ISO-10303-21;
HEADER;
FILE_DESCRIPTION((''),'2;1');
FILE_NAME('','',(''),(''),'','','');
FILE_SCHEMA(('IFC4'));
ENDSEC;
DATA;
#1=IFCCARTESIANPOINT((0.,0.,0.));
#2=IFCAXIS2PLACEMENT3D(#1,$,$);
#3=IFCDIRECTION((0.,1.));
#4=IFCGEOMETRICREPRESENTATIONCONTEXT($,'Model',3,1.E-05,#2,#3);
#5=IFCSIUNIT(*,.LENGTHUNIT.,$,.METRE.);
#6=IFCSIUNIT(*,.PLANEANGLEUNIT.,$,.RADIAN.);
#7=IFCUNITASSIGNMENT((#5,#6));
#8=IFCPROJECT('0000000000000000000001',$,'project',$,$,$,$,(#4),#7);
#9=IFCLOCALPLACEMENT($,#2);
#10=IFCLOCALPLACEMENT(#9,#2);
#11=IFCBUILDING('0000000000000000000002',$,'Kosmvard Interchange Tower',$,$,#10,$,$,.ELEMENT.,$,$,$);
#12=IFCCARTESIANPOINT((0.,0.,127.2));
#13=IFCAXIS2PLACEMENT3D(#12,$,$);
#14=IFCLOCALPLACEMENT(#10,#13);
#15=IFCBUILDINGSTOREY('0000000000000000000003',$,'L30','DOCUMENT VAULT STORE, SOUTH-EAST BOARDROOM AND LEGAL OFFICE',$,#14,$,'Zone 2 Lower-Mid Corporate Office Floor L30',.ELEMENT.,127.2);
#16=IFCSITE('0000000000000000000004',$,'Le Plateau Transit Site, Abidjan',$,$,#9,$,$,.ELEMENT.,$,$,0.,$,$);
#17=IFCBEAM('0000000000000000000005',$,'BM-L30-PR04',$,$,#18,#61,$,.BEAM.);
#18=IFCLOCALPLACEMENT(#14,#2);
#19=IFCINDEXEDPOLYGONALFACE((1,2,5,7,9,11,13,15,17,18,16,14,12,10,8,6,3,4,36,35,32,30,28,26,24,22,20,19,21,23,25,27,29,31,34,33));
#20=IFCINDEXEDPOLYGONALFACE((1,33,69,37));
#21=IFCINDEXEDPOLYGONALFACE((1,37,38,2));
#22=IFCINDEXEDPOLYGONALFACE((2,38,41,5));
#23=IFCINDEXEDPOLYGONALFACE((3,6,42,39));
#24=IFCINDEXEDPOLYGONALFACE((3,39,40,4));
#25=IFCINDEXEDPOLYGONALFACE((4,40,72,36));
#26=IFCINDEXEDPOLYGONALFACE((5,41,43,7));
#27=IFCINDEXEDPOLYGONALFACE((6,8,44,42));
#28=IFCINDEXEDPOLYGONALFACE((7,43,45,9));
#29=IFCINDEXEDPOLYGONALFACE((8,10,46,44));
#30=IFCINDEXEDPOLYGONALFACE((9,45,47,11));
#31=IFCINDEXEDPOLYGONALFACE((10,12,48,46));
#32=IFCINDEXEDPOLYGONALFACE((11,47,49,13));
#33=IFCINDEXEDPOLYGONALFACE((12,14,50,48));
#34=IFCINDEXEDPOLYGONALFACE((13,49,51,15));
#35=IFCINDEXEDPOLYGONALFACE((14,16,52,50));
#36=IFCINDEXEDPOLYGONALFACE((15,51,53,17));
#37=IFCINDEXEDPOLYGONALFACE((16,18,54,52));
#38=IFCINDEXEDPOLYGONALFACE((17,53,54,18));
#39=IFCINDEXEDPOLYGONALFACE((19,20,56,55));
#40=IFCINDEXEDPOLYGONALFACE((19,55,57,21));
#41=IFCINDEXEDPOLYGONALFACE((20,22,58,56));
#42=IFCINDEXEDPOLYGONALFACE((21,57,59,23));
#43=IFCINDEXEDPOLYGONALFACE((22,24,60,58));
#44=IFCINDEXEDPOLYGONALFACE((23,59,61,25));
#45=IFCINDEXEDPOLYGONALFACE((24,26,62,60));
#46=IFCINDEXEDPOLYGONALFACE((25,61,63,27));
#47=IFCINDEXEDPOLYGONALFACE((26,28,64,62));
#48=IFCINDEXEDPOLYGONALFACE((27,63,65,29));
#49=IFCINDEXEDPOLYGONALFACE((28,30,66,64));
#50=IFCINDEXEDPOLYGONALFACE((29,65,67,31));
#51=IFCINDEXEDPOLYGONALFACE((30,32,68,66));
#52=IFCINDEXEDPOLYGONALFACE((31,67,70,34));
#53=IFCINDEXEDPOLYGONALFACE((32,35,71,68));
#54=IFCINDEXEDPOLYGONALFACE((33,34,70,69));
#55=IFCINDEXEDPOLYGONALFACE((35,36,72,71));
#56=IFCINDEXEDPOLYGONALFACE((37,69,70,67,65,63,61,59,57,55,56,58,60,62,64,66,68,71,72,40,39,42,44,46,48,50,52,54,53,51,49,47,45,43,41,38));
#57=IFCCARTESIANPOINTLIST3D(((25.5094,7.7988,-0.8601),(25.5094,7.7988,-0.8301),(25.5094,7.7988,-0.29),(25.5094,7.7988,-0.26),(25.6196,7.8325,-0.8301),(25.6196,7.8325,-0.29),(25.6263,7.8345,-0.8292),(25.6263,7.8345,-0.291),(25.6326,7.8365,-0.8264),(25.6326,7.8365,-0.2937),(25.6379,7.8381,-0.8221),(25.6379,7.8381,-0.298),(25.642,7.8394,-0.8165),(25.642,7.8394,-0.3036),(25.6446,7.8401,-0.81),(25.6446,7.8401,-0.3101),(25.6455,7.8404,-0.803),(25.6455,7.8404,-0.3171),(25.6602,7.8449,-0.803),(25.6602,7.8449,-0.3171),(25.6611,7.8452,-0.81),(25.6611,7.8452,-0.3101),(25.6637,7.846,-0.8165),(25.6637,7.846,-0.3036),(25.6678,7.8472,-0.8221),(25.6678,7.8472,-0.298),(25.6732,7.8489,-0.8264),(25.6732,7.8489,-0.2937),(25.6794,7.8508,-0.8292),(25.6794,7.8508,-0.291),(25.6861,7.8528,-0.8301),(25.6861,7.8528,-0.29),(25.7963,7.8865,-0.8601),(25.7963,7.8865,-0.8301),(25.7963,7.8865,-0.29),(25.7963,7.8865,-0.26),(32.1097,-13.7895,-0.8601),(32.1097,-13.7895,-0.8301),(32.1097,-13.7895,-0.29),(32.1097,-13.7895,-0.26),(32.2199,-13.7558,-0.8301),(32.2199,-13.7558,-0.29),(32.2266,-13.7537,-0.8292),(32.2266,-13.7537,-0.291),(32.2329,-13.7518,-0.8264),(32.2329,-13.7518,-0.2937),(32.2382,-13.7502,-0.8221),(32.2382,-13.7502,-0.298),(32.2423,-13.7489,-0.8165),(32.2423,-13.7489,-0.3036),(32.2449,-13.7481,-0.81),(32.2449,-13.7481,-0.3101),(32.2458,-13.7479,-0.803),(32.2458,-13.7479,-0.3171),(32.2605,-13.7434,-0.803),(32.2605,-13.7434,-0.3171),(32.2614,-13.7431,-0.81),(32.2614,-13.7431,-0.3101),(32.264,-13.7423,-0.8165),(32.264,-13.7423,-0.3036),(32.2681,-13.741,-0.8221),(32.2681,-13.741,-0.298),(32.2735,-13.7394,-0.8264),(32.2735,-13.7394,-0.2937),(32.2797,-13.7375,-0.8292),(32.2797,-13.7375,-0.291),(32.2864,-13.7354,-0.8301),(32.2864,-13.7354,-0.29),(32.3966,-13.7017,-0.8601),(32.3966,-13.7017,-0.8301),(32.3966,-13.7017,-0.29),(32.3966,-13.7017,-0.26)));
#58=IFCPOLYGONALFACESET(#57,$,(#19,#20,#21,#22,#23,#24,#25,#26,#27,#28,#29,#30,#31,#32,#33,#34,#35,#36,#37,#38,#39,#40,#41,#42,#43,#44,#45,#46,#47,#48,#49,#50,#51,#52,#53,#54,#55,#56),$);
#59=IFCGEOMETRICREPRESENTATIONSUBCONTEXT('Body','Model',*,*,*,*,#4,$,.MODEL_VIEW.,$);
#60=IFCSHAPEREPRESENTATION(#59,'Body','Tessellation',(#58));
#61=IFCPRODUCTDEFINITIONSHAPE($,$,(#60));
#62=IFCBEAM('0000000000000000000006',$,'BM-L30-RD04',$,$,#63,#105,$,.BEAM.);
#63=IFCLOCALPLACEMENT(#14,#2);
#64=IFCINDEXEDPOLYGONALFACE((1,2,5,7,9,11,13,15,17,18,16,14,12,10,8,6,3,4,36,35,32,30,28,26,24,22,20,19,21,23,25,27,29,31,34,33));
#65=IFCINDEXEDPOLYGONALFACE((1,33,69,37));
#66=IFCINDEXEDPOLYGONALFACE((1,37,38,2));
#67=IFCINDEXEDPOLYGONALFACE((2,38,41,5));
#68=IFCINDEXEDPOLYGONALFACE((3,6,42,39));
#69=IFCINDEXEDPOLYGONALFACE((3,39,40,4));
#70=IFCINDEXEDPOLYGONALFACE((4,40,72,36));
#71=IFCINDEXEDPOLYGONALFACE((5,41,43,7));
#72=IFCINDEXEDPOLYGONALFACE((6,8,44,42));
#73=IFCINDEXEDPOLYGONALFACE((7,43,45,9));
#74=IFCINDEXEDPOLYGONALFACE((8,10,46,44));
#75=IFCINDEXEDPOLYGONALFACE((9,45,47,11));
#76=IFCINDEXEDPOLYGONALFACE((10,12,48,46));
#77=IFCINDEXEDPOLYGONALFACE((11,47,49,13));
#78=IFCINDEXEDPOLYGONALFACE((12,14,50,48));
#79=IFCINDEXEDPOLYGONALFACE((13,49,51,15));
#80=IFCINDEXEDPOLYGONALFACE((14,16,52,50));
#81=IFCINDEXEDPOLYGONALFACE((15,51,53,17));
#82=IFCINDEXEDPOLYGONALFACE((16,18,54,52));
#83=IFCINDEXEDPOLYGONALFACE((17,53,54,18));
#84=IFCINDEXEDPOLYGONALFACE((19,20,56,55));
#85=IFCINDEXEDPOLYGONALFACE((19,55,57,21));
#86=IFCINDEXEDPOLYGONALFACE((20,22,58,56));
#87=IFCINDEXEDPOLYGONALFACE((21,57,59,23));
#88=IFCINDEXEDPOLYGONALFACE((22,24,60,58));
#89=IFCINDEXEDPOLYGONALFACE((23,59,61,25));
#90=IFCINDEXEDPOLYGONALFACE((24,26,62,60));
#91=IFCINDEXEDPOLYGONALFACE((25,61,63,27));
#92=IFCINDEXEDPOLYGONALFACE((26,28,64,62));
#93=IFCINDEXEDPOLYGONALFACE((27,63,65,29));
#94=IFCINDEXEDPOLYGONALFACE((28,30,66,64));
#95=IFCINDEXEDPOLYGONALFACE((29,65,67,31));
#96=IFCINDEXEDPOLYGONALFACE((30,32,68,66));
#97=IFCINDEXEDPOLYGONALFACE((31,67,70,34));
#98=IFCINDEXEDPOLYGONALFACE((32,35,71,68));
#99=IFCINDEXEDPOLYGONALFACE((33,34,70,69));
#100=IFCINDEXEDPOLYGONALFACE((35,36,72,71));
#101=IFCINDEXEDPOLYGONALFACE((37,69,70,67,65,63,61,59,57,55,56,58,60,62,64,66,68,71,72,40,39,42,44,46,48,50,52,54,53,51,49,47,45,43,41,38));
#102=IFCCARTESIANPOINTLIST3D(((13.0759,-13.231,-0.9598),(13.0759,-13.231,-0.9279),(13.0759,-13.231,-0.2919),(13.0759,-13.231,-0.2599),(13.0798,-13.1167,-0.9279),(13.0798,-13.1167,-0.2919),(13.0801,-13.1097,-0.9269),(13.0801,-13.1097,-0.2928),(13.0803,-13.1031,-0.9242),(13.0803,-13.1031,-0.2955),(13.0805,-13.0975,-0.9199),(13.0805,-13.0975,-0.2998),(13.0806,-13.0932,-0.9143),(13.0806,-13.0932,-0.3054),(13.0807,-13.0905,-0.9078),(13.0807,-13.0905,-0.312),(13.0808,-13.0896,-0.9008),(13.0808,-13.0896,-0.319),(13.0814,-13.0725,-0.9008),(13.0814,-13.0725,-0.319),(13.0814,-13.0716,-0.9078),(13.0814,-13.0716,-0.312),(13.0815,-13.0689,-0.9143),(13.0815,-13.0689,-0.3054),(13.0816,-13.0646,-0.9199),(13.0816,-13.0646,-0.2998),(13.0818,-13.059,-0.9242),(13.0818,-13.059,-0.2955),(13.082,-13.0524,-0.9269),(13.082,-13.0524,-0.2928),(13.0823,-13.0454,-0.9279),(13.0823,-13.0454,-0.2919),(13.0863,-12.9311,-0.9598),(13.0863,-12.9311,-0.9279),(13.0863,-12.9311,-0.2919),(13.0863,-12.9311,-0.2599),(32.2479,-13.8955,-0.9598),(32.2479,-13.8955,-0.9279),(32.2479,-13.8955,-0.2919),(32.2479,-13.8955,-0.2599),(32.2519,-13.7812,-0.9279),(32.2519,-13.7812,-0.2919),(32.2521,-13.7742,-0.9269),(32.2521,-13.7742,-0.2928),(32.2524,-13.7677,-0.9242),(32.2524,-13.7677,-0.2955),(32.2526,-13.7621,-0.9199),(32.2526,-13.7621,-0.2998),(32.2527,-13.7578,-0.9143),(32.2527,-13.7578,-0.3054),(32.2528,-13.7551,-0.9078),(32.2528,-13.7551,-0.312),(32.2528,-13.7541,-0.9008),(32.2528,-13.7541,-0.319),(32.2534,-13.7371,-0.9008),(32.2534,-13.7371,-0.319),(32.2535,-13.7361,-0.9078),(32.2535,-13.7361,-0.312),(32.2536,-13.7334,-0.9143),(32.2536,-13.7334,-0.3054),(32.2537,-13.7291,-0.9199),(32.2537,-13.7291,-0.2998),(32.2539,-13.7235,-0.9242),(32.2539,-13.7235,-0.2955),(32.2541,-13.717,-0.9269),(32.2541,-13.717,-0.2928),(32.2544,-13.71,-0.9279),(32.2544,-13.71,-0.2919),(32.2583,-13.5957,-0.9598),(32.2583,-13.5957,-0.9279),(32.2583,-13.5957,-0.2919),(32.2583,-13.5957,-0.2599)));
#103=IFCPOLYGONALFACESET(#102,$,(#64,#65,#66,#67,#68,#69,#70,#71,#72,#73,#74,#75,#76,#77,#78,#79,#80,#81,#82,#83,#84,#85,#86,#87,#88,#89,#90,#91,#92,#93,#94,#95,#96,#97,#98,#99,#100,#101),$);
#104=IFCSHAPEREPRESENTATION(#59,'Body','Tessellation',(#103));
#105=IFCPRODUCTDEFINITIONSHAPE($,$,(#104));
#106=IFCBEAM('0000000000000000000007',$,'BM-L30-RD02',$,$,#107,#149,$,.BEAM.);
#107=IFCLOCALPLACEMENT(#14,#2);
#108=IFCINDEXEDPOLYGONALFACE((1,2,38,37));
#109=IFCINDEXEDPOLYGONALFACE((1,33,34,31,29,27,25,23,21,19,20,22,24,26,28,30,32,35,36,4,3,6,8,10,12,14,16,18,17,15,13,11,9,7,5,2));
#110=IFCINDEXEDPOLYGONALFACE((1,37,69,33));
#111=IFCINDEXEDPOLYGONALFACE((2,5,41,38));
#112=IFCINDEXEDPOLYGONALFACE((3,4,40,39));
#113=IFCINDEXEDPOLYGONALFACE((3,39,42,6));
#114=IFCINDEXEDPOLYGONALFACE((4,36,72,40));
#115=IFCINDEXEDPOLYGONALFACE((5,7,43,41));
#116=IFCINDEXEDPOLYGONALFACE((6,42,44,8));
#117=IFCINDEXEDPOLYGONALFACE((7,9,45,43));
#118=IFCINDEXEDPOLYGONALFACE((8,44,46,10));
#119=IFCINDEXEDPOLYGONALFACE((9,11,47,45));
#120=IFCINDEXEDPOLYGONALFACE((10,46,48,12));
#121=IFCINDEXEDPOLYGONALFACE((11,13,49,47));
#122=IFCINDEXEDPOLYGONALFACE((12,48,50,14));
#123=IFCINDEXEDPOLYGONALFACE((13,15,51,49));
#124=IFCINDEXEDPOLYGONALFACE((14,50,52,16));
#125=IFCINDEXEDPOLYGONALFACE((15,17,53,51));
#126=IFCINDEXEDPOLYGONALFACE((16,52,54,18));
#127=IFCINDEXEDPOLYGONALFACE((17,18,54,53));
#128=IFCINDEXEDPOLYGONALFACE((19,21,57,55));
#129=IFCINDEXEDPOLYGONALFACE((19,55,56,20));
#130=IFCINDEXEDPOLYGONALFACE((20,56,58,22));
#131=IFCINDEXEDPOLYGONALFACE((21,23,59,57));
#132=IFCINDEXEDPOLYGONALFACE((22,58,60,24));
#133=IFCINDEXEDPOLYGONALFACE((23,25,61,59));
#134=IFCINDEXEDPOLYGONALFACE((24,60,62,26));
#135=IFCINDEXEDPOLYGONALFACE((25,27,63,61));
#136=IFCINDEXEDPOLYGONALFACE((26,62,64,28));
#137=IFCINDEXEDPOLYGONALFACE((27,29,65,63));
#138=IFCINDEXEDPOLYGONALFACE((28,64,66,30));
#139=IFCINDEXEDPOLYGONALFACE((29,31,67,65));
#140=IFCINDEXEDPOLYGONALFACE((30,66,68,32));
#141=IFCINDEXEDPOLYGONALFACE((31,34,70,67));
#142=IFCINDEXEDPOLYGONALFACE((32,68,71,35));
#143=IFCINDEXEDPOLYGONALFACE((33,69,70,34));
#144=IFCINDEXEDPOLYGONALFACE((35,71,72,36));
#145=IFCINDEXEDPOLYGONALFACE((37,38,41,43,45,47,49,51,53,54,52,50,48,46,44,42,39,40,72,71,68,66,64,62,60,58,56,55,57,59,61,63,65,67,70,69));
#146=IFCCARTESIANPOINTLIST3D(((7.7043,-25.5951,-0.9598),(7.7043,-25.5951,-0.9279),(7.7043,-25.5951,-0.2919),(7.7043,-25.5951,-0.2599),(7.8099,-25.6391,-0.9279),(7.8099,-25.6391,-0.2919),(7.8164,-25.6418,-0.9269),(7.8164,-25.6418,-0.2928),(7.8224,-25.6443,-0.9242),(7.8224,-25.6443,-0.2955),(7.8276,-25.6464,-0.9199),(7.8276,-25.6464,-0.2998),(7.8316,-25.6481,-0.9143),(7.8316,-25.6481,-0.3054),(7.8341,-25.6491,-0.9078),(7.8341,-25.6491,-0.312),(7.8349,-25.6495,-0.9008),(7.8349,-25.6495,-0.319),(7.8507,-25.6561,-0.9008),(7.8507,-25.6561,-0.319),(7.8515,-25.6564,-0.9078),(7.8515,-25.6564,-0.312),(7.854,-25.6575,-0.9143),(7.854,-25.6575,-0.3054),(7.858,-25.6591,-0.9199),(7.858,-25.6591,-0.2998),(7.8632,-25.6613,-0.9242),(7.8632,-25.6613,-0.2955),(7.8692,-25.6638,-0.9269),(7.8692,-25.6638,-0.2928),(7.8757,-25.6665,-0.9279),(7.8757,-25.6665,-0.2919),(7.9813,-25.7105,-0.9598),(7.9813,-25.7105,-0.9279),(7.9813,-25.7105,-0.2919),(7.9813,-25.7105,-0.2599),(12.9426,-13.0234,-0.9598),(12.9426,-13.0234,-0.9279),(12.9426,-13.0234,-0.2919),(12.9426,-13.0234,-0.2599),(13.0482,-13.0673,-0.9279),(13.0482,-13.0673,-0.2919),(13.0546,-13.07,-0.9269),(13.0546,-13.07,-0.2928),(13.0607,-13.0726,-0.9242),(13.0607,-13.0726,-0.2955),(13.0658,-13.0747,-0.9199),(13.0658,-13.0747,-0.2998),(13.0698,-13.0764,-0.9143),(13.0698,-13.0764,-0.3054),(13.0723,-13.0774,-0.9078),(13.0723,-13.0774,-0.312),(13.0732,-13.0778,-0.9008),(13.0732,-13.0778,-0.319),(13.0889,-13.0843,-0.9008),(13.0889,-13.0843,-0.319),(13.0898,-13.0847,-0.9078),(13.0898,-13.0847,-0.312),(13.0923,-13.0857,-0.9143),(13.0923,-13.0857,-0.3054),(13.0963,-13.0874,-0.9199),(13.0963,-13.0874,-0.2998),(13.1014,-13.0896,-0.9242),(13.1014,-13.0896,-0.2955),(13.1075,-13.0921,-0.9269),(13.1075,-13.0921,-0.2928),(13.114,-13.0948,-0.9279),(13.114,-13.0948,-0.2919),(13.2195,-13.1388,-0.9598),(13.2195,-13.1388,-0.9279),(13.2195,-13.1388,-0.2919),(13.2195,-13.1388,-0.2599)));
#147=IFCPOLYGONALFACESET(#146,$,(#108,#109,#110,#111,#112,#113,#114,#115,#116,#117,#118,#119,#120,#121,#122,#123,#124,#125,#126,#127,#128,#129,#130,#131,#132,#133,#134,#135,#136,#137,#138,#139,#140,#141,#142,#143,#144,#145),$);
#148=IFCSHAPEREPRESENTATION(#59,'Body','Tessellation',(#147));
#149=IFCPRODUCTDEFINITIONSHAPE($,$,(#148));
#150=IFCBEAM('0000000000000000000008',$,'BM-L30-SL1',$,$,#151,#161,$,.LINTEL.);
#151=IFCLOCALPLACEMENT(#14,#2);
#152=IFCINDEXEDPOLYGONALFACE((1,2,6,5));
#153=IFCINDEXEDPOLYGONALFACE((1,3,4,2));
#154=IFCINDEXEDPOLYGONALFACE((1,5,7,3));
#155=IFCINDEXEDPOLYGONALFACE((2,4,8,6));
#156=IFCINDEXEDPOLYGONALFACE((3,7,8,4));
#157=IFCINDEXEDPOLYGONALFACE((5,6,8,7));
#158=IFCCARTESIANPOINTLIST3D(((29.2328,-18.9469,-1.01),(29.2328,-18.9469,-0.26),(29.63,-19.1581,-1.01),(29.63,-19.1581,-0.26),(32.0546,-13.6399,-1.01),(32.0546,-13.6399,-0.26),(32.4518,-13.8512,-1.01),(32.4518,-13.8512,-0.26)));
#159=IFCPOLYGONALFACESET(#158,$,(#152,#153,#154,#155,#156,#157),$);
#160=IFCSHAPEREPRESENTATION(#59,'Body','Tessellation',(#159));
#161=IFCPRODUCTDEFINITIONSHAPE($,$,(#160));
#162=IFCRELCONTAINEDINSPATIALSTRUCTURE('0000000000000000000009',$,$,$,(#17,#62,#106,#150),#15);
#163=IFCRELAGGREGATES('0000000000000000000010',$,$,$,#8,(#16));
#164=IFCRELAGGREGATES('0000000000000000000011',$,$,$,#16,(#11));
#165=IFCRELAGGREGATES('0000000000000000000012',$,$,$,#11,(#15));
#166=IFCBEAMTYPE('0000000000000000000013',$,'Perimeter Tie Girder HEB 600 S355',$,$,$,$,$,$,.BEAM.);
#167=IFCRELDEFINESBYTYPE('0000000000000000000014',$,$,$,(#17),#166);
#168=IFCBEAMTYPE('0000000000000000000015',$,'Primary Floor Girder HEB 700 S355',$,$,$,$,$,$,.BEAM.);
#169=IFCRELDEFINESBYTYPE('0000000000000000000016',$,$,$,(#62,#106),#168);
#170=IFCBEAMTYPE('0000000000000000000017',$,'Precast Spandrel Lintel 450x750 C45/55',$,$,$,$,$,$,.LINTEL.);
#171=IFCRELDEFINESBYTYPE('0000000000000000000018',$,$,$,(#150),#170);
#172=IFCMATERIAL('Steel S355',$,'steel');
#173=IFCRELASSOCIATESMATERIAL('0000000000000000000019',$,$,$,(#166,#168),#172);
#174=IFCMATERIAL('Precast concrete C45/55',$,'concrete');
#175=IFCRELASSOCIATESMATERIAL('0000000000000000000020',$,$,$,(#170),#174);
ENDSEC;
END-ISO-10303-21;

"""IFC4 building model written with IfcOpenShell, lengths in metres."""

from ifc_helpers import new_model, si_unit, direction, frame, origin, origin_2d, place, context, subcontext, project, spatial, rectangle, i_section, extrude, source, transform, mapped, material, material_profile, profile_set, type_object, element, save


model = new_model("IFC4")

# Units and contexts
model_context = context("Model", 3, precision=1e-05, world=origin(), true_north=direction((0.0, 1.0)))
body_context = subcontext(model_context, "Body", "Model", "MODEL_VIEW")
ifc_project = project(units=[si_unit("LENGTHUNIT", "METRE"), si_unit("PLANEANGLEUNIT", "RADIAN")], contexts=[model_context])

# Site, building, storey
site_placement = place(None, origin())
site = spatial("IfcSite", under=ifc_project, at=site_placement, Name="Le Plateau Transit Site, Abidjan", CompositionType="ELEMENT", RefElevation=0.0)
building_placement = place(site_placement, origin())
building = spatial("IfcBuilding", under=site, at=building_placement, Name="Kosmvard Interchange Tower", CompositionType="ELEMENT")
storey_placement = place(building_placement, frame((0.0, 0.0, 127.2)))
storey = spatial("IfcBuildingStorey", under=building, at=storey_placement, Name="L30", Description="DOCUMENT VAULT STORE, SOUTH-EAST BOARDROOM AND LEGAL OFFICE", LongName="Zone 2 Lower-Mid Corporate Office Floor L30", CompositionType="ELEMENT", Elevation=127.2)

# Beams
ifc_material_1 = material(Name="Steel S355", Category="steel")
ifc_material_profile_1 = material_profile(ifc_material_1, i_section(OverallWidth=0.3, OverallDepth=0.6001, WebThickness=0.0154, FlangeThickness=0.03, FilletRadius=0.0271, at=origin_2d()), Name="HEB 600")
ifc_profile_set_1 = profile_set([ifc_material_profile_1], Name="Steel S355")
beam_type_1 = type_object("IfcBeamType", Name="Perimeter Tie Girder HEB 600 S355", PredefinedType="BEAM", material=ifc_profile_set_1)
shared_shape_1 = source(origin(), body_context, "Body", "SweptSolid", [
    extrude(i_section(OverallWidth=0.3, OverallDepth=0.6001, WebThickness=0.0154, FlangeThickness=0.03, FilletRadius=0.0271, at=origin_2d()), origin(), (0.0, 0.0, 1.0), 22.5747),
])
beam_1_placement = place(storey_placement, frame((32.2532, -13.7456, -0.5601), z_axis=(-0.292376, 0.956303, 0.0), x_axis=(-0.956303, -0.292376, 0.0)))
element("IfcBeam", 1, at=beam_1_placement, inside=storey, type_object=beam_type_1, Name="BM-L30-PR04", PredefinedType="BEAM", context=body_context, shape_type="MappedRepresentation", body=[
    mapped(shared_shape_1, transform((0.0, 0.0, 0.0), scale=1.0)),
])
ifc_material_profile_2 = material_profile(ifc_material_1, i_section(OverallWidth=0.3, OverallDepth=0.7, WebThickness=0.0171, FlangeThickness=0.032, FilletRadius=0.0271, at=origin_2d()), Name="HEB 700")
ifc_profile_set_2 = profile_set([ifc_material_profile_2], Name="Steel S355")
beam_type_2 = type_object("IfcBeamType", Name="Primary Floor Girder HEB 700 S355", PredefinedType="BEAM", material=ifc_profile_set_2)
shared_shape_2 = source(origin(), body_context, "Body", "SweptSolid", [
    extrude(i_section(OverallWidth=0.3, OverallDepth=0.7, WebThickness=0.0171, FlangeThickness=0.032, FilletRadius=0.0271, at=origin_2d()), origin(), (0.0, 0.0, 1.0), 19.1836),
])
beam_2_placement = place(storey_placement, frame((13.0811, -13.0811, -0.6099), z_axis=(0.9994, -0.034642, 0.0), x_axis=(0.034642, 0.9994, 0.0)))
element("IfcBeam", 2, at=beam_2_placement, inside=storey, type_object=beam_type_2, Name="BM-L30-RD04", PredefinedType="BEAM", context=body_context, shape_type="MappedRepresentation", body=[
    mapped(shared_shape_2, transform((0.0, 0.0, 0.0), scale=1.0)),
])
shared_shape_3 = source(origin(), body_context, "Body", "SweptSolid", [
    extrude(i_section(OverallWidth=0.3, OverallDepth=0.7, WebThickness=0.0171, FlangeThickness=0.032, FilletRadius=0.0271, at=origin_2d()), origin(), (0.0, 0.0, 1.0), 13.6194),
])
beam_3_placement = place(storey_placement, frame((13.0811, -13.0811, -0.6099), z_axis=(-0.384618, -0.923076, 0.0), x_axis=(0.923076, -0.384618, 0.0)))
element("IfcBeam", 3, at=beam_3_placement, inside=storey, type_object=beam_type_2, Name="BM-L30-RD02", PredefinedType="BEAM", context=body_context, shape_type="MappedRepresentation", body=[
    mapped(shared_shape_3, transform((0.0, 0.0, 0.0), scale=1.0)),
])
ifc_material_2 = material(Name="Precast concrete C45/55", Category="concrete")
ifc_material_profile_3 = material_profile(ifc_material_2, rectangle(XDim=0.45, YDim=0.75, at=origin_2d()), Name="SL 450x750")
ifc_profile_set_3 = profile_set([ifc_material_profile_3], Name="Precast concrete C45/55")
beam_type_3 = type_object("IfcBeamType", Name="Precast Spandrel Lintel 450x750 C45/55", PredefinedType="LINTEL", material=ifc_profile_set_3)
shared_shape_4 = source(origin(), body_context, "Body", "SweptSolid", [
    extrude(rectangle(XDim=0.45, YDim=0.75, at=origin_2d()), origin(), (0.0, 0.0, 1.0), 6.0105),
])
beam_4_placement = place(storey_placement, frame((29.4314, -19.0525, -0.635), z_axis=(0.469479, 0.882944, 0.0), x_axis=(-0.882944, 0.469479, 0.0)))
element("IfcBeam", 4, at=beam_4_placement, inside=storey, type_object=beam_type_3, Name="BM-L30-SL1", PredefinedType="LINTEL", context=body_context, shape_type="MappedRepresentation", body=[
    mapped(shared_shape_4, transform((0.0, 0.0, 0.0), scale=1.0)),
])

save(model, "model.ifc")
